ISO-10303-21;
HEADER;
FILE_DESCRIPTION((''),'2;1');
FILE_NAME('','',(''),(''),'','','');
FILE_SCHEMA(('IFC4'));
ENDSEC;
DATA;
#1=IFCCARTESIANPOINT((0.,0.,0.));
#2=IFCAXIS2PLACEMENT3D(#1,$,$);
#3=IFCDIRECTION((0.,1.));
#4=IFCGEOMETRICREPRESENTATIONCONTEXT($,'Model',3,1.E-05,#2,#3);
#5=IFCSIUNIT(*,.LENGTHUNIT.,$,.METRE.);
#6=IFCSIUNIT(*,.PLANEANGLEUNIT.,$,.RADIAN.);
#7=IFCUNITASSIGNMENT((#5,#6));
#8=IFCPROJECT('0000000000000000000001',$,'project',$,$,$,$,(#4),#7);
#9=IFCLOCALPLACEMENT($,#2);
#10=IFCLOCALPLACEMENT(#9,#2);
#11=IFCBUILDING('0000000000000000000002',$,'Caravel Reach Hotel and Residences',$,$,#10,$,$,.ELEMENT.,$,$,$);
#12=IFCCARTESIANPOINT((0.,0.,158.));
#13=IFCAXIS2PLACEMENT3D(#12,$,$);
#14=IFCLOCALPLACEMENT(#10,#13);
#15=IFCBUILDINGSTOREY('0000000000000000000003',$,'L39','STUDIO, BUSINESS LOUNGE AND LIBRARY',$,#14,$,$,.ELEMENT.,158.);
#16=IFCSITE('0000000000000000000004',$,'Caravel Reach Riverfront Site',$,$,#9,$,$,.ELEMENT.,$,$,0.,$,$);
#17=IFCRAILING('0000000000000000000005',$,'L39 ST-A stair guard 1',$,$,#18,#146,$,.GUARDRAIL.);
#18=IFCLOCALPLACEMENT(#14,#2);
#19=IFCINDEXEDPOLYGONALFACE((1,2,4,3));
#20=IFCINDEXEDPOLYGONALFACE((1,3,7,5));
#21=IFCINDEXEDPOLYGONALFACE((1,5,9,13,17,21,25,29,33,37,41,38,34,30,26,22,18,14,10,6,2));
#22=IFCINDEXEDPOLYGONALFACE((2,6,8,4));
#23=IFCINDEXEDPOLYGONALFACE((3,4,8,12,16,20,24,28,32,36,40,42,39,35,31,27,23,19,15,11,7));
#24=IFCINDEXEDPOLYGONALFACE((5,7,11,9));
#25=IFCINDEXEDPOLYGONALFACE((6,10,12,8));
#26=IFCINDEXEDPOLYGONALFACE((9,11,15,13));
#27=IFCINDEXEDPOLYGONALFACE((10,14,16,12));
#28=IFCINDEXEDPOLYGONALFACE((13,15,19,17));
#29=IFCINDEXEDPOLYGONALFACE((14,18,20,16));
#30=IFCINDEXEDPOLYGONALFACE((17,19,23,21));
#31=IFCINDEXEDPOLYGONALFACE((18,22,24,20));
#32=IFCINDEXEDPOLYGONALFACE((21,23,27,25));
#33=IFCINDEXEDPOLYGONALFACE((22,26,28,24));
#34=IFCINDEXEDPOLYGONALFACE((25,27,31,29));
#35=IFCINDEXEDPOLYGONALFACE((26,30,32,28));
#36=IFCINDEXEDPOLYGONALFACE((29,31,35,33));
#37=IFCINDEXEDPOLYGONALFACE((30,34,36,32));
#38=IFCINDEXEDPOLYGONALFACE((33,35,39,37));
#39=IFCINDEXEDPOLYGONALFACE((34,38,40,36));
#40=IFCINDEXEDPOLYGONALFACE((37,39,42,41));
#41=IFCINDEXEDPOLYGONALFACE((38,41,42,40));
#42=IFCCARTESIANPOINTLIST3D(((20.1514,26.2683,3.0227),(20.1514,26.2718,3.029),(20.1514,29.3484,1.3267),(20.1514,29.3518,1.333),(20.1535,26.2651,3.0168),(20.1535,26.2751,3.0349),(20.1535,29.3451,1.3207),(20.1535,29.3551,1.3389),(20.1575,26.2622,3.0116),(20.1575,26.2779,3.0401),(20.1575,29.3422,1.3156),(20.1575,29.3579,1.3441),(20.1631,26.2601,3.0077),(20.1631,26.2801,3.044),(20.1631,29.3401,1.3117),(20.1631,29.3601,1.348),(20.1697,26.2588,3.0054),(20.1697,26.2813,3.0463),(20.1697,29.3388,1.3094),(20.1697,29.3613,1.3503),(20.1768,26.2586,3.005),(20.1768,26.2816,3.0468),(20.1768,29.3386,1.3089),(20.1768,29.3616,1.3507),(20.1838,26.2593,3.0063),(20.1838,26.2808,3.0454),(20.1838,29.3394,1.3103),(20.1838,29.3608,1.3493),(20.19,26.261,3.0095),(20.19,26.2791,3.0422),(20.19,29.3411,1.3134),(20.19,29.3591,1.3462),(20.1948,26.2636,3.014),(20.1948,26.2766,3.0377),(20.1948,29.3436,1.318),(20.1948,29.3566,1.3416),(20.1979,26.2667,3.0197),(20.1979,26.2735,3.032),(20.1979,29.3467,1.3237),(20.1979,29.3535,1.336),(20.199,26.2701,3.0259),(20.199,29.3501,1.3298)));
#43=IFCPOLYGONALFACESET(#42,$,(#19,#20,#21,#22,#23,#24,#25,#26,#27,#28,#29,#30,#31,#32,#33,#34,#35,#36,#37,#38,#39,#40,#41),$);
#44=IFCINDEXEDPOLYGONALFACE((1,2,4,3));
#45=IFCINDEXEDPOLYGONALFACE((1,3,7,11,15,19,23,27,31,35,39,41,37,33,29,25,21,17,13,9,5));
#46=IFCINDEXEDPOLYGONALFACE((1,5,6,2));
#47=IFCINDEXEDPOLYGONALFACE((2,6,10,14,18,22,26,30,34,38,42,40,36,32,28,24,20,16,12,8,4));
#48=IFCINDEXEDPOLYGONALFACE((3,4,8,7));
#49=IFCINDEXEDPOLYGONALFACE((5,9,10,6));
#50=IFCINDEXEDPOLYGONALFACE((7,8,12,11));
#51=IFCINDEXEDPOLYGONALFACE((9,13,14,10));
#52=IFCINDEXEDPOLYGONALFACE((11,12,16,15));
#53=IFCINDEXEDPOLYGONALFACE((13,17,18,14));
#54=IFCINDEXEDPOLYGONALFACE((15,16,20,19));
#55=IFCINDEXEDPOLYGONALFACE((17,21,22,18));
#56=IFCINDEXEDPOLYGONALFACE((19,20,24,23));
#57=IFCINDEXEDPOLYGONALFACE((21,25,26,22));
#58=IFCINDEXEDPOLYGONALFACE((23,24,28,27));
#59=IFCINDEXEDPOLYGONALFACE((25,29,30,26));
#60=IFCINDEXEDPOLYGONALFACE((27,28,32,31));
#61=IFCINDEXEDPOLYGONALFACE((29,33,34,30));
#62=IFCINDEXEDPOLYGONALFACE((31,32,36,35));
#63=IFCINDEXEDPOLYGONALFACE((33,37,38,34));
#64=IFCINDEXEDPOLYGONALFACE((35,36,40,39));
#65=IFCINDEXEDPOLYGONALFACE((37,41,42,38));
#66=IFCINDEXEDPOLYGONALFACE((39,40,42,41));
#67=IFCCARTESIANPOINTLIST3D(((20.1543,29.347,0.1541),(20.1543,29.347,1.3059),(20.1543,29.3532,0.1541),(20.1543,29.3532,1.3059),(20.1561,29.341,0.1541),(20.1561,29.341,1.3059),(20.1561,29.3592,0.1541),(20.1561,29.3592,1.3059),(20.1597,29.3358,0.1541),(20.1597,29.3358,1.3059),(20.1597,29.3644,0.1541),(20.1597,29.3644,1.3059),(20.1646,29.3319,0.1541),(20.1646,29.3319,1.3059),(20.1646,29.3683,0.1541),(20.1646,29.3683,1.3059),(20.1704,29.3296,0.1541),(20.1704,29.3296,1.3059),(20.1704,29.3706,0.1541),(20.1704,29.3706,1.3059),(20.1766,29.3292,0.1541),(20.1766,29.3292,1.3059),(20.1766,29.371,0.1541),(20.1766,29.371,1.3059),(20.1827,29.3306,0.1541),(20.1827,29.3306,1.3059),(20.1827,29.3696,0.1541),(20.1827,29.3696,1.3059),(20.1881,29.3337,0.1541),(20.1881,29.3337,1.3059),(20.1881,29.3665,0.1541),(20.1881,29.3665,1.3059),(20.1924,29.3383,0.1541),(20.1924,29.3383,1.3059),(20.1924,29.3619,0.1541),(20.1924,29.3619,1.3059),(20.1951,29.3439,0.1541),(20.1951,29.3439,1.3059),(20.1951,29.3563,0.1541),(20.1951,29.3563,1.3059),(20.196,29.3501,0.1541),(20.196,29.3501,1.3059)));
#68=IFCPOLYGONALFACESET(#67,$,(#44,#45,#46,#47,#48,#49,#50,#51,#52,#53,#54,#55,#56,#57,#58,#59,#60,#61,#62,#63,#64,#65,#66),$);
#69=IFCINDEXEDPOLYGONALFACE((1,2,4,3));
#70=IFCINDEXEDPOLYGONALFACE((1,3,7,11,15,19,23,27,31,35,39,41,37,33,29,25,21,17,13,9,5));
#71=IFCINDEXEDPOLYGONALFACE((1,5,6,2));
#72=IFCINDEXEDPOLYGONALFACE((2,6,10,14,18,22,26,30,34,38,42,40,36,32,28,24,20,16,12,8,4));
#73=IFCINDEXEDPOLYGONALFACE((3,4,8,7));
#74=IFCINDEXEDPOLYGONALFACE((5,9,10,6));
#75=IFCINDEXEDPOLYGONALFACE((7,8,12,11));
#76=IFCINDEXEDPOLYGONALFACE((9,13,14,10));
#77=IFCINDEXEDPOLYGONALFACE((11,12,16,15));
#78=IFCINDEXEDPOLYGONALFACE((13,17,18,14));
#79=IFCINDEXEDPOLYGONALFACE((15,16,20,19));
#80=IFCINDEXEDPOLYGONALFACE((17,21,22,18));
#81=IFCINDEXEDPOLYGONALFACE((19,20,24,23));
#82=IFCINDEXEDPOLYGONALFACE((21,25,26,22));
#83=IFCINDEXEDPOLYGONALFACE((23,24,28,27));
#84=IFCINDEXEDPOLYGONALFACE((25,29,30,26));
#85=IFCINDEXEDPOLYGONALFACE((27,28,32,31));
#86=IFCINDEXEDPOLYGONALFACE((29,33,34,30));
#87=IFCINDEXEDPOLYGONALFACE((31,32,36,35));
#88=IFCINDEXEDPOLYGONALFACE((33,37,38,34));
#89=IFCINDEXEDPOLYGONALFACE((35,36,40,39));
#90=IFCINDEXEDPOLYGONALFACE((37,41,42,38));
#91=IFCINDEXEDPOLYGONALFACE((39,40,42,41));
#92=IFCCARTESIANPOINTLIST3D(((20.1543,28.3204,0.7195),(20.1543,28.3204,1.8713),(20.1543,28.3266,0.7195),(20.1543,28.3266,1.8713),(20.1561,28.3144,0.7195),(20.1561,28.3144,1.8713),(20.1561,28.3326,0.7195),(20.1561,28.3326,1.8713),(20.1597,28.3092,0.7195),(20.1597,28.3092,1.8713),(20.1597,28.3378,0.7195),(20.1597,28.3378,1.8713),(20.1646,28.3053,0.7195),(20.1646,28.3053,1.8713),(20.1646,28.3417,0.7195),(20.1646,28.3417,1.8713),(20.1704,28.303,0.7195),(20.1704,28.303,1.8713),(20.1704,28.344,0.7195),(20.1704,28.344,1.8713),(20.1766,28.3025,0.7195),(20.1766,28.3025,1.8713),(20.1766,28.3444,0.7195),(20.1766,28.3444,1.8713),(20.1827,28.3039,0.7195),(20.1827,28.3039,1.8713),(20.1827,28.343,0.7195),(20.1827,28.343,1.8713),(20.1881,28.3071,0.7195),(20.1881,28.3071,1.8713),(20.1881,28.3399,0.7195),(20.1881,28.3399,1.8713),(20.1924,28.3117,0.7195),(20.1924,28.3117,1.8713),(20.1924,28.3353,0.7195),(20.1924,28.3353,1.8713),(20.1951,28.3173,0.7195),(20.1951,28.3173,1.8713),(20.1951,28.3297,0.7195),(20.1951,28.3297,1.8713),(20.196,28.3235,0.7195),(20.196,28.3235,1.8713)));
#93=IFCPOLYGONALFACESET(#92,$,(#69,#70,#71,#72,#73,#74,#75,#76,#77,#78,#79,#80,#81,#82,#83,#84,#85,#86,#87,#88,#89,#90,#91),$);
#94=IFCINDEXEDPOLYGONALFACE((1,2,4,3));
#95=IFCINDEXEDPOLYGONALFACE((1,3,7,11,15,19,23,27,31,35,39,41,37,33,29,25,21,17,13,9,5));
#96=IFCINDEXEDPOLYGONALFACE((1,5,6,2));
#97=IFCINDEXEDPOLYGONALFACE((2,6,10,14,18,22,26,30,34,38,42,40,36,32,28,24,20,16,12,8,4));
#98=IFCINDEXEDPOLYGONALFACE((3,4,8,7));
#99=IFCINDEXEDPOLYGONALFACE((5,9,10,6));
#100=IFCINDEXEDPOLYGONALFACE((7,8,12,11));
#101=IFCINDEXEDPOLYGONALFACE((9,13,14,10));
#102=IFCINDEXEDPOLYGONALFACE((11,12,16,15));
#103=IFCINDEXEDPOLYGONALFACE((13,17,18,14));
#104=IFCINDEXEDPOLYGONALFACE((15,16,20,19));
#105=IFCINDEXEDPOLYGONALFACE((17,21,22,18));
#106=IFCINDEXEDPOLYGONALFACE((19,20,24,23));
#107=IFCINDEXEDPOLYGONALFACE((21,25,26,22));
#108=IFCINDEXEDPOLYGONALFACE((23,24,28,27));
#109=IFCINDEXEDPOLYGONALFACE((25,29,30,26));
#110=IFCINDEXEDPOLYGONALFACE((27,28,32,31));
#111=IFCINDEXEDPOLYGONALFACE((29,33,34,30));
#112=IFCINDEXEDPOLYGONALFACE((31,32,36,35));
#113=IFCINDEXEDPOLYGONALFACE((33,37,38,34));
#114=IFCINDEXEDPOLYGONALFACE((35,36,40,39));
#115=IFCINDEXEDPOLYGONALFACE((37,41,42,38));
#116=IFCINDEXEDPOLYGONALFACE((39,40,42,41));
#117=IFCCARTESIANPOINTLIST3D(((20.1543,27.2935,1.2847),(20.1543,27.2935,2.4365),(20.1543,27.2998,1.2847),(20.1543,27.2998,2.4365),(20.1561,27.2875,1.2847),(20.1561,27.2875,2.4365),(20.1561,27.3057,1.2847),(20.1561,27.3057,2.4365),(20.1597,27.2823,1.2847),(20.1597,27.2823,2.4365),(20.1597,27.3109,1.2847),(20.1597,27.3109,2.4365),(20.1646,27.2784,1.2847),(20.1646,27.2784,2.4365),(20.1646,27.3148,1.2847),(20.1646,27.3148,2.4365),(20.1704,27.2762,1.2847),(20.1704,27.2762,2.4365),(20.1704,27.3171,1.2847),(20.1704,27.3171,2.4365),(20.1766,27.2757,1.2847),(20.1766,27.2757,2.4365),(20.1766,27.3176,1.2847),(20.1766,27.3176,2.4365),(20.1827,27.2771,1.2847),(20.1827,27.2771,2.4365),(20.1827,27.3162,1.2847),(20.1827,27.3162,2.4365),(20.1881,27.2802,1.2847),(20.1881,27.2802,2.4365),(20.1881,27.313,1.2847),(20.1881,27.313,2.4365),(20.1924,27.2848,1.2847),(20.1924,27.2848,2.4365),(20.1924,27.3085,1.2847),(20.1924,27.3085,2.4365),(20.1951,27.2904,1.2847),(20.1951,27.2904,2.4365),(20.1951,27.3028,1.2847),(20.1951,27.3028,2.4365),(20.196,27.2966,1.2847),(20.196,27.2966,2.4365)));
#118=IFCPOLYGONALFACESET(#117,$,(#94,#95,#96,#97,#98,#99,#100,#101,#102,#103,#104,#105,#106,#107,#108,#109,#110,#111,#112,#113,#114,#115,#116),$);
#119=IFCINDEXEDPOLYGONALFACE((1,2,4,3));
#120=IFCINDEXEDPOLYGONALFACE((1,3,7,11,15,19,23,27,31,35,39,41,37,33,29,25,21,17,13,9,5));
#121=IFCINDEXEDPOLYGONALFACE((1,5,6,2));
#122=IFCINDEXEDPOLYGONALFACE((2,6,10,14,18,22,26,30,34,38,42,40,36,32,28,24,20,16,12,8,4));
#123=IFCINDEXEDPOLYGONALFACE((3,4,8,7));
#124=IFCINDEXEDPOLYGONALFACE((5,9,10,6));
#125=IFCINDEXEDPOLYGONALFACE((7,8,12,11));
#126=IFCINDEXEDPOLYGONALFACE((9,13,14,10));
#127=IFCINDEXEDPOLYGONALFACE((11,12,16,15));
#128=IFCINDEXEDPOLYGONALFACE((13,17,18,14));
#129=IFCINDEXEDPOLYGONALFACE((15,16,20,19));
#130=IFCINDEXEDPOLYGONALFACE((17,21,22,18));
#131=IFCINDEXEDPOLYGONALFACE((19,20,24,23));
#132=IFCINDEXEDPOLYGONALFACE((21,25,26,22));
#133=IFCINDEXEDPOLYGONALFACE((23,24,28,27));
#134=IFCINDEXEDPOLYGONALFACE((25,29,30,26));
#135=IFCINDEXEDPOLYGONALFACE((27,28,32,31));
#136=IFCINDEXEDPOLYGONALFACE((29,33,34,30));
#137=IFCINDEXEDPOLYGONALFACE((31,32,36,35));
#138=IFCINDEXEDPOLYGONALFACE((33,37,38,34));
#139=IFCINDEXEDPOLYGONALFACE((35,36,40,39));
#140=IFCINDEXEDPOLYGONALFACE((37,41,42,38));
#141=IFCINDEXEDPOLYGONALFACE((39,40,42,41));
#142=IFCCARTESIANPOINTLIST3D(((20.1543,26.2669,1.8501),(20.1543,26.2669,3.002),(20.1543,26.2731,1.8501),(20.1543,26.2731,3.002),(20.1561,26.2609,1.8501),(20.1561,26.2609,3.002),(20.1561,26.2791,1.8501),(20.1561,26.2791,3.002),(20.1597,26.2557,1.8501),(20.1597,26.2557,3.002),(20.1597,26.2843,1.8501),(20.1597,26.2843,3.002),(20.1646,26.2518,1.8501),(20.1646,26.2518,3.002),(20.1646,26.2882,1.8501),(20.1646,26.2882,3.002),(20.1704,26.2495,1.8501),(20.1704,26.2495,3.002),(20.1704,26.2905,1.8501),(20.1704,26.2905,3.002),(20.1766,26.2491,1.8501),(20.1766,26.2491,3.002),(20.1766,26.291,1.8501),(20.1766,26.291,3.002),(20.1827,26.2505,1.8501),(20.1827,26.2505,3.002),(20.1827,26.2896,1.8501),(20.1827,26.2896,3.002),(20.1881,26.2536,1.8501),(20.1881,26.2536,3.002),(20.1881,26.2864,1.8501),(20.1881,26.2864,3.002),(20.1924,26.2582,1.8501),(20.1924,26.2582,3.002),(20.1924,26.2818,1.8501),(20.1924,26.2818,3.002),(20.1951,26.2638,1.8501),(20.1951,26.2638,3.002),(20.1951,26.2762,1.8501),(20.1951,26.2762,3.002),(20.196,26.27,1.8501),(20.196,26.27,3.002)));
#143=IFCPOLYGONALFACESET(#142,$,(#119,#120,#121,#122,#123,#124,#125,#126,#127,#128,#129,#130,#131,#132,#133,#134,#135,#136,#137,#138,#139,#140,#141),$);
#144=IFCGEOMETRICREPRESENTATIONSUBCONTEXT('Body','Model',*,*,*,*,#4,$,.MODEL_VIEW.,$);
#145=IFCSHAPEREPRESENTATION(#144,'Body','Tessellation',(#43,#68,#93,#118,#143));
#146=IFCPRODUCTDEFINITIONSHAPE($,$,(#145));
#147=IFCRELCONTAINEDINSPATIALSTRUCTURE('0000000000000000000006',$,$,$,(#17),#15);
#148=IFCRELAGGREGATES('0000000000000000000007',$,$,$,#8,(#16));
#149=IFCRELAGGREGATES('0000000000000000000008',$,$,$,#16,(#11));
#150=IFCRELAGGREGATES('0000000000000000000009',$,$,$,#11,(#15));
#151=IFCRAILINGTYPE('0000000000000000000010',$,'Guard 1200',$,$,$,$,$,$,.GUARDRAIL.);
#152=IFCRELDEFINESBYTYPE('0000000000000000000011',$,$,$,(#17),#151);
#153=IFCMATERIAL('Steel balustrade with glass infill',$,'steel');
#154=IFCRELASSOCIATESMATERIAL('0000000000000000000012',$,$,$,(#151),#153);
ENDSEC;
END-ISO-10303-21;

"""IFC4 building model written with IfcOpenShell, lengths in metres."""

from ifc_helpers import new_model, si_unit, direction, frame, origin, origin_2d, place, context, subcontext, project, spatial, circle, extrude, material, type_object, element, save


model = new_model("IFC4")

# Units and contexts
model_context = context("Model", 3, precision=1e-05, world=origin(), true_north=direction((0.0, 1.0)))
body_context = subcontext(model_context, "Body", "Model", "MODEL_VIEW")
ifc_project = project(units=[si_unit("LENGTHUNIT", "METRE"), si_unit("PLANEANGLEUNIT", "RADIAN")], contexts=[model_context])

# Site, building, storey
site_placement = place(None, origin())
site = spatial("IfcSite", under=ifc_project, at=site_placement, Name="Caravel Reach Riverfront Site", CompositionType="ELEMENT", RefElevation=0.0)
building_placement = place(site_placement, origin())
building = spatial("IfcBuilding", under=site, at=building_placement, Name="Caravel Reach Hotel and Residences", CompositionType="ELEMENT")
storey_placement = place(building_placement, frame((0.0, 0.0, 158.0)))
storey = spatial("IfcBuildingStorey", under=building, at=storey_placement, Name="L39", Description="STUDIO, BUSINESS LOUNGE AND LIBRARY", CompositionType="ELEMENT", Elevation=158.0)

# Railing
ifc_material_1 = material(Name="Steel balustrade with glass infill", Category="steel")
railing_type_1 = type_object("IfcRailingType", Name="Guard 1200", PredefinedType="GUARDRAIL", material=ifc_material_1)
railing_1_placement = place(storey_placement, frame((20.175, 29.3501, 0.1541)))
element("IfcRailing", 1, at=railing_1_placement, inside=storey, type_object=railing_type_1, Name="L39 ST-A stair guard 1", PredefinedType="GUARDRAIL", context=body_context, shape_type="SweptSolid", body=[
    extrude(circle(Radius=0.0239, at=origin_2d()), frame((0.0, 0.0, 1.1758), z_axis=(0.0, -0.875975, 0.482356), x_axis=(1.0, 0.0, 0.0)), (0.0, 0.0, 1.0), 3.5161),
    extrude(circle(Radius=0.021, at=origin_2d()), origin(), (0.0, 0.0, 1.0), 1.1519),
    extrude(circle(Radius=0.021, at=origin_2d()), frame((0.0, -1.0266, 0.5654)), (0.0, 0.0, 1.0), 1.1519),
    extrude(circle(Radius=0.021, at=origin_2d()), frame((0.0, -2.0535, 1.1306)), (0.0, 0.0, 1.0), 1.1519),
    extrude(circle(Radius=0.021, at=origin_2d()), frame((0.0, -3.0801, 1.696)), (0.0, 0.0, 1.0), 1.1519),
])

save(model, "model.ifc")
